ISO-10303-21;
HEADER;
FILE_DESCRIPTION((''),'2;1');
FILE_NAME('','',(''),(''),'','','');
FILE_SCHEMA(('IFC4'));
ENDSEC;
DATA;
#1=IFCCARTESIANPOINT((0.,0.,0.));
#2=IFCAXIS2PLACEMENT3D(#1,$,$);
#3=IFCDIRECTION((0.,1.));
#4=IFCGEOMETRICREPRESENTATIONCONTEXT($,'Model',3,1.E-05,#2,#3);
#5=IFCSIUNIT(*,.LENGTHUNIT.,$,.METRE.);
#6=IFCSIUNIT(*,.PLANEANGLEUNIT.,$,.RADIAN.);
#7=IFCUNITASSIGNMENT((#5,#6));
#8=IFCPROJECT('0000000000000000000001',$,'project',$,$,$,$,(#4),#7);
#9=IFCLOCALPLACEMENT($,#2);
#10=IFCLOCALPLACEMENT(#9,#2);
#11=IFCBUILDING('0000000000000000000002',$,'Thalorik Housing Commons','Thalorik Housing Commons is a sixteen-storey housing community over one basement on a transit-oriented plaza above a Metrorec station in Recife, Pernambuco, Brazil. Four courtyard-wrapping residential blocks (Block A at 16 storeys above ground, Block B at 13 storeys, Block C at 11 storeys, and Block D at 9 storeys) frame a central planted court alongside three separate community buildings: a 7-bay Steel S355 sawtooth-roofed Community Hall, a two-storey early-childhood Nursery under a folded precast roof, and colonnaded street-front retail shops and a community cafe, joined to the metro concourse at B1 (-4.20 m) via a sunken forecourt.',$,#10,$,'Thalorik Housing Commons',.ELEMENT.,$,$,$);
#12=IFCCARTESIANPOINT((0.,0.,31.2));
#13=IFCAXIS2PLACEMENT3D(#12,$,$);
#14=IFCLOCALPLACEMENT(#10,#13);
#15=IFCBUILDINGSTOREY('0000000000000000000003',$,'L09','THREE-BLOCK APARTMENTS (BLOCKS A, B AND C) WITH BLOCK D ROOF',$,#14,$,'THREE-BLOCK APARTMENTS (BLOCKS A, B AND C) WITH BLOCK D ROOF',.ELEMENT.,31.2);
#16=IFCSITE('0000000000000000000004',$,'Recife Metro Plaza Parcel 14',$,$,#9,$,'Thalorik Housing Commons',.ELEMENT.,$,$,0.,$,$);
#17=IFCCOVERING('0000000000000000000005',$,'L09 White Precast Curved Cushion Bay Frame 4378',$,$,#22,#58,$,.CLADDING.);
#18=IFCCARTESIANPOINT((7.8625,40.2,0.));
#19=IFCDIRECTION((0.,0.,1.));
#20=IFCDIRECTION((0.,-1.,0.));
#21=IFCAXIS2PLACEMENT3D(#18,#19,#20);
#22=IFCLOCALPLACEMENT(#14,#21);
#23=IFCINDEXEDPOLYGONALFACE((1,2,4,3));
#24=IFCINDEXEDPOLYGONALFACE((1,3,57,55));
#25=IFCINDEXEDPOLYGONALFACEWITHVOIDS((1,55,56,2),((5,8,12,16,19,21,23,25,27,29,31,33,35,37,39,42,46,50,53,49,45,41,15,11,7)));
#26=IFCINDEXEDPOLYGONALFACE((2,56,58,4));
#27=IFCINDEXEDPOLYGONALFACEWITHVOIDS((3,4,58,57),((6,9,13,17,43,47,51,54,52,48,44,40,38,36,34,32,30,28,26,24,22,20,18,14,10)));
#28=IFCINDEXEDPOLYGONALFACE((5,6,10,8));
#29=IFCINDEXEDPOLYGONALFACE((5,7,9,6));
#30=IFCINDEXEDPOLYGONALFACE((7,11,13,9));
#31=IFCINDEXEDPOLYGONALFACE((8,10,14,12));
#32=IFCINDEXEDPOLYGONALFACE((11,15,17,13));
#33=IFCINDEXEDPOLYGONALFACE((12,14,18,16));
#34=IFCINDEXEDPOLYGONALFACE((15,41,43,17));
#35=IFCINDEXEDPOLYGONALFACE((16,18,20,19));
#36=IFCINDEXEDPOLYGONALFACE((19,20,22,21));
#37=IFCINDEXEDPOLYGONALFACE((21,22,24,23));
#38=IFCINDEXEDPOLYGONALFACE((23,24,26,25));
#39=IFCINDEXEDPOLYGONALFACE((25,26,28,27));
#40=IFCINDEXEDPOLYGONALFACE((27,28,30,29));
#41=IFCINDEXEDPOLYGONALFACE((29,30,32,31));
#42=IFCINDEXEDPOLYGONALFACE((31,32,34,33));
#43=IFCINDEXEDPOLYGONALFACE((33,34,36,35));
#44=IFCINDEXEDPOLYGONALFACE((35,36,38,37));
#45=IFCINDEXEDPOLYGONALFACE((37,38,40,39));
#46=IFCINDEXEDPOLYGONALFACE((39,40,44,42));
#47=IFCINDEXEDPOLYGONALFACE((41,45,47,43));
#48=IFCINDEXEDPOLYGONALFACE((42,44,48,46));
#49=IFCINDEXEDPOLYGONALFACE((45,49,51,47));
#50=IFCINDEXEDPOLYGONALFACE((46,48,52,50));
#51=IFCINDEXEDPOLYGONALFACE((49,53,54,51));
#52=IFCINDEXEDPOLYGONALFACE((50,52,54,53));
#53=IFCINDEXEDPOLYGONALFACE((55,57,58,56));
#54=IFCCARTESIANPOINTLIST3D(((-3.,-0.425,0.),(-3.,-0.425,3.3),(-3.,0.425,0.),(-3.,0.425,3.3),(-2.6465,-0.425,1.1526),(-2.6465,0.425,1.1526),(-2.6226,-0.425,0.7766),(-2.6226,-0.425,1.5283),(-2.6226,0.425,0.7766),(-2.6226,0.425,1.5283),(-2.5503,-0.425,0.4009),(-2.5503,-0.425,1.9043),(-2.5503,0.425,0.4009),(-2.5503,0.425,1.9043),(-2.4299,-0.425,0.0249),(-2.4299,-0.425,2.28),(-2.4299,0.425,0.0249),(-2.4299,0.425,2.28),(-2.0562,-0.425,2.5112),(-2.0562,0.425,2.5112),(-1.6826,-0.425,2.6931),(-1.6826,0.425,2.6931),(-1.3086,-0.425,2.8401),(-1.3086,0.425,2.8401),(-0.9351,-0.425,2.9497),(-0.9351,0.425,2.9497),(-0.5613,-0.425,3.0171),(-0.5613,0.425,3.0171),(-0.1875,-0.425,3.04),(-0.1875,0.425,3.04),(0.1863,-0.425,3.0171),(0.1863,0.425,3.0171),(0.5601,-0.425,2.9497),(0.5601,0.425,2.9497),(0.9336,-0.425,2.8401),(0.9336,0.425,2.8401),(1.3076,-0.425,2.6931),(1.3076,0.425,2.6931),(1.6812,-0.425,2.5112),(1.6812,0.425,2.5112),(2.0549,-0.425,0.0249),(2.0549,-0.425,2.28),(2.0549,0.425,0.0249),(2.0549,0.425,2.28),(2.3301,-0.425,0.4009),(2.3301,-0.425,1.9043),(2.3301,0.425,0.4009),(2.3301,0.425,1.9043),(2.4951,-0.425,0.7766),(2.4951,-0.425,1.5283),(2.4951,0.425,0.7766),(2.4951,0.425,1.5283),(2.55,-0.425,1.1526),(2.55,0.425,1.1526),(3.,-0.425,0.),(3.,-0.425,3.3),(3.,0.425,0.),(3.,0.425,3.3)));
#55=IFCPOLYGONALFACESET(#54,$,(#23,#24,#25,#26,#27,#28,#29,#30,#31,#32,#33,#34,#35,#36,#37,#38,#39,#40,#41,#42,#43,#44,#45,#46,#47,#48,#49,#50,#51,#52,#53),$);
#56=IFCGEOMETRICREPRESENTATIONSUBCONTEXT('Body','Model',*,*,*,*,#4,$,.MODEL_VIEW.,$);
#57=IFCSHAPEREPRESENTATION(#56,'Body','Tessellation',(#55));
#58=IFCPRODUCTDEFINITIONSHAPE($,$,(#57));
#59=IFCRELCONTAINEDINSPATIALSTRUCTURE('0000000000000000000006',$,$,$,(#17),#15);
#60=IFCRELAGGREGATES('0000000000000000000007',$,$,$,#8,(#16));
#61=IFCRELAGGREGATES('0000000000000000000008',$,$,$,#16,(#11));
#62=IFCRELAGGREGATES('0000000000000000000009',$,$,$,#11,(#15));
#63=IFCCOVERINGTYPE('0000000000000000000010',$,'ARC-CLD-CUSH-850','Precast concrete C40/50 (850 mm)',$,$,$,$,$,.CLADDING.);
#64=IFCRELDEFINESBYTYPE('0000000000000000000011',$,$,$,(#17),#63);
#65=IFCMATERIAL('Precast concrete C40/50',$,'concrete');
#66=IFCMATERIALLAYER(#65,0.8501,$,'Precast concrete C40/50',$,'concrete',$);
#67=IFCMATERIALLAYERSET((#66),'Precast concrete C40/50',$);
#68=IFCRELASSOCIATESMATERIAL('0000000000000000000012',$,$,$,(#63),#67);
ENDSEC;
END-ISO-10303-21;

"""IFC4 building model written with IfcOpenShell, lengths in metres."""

from ifc_helpers import new_model, si_unit, direction, frame, origin, place, context, subcontext, project, spatial, polyline, outline, extrude, material, layer, layer_set, type_object, element, save


model = new_model("IFC4")

# Units and contexts
model_context = context("Model", 3, precision=1e-05, world=origin(), true_north=direction((0.0, 1.0)))
body_context = subcontext(model_context, "Body", "Model", "MODEL_VIEW")
ifc_project = project(units=[si_unit("LENGTHUNIT", "METRE"), si_unit("PLANEANGLEUNIT", "RADIAN")], contexts=[model_context])

# Site, building, storey
site_placement = place(None, origin())
site = spatial("IfcSite", under=ifc_project, at=site_placement, Name="Recife Metro Plaza Parcel 14", LongName="Thalorik Housing Commons", CompositionType="ELEMENT", RefElevation=0.0)
building_placement = place(site_placement, origin())
building = spatial("IfcBuilding", under=site, at=building_placement, Name="Thalorik Housing Commons", Description="Thalorik Housing Commons is a sixteen-storey housing community over one basement on a transit-oriented plaza above a Metrorec station in Recife, Pernambuco, Brazil. Four courtyard-wrapping residential blocks (Block A at 16 storeys above ground, Block B at 13 storeys, Block C at 11 storeys, and Block D at 9 storeys) frame a central planted court alongside three separate community buildings: a 7-bay Steel S355 sawtooth-roofed Community Hall, a two-storey early-childhood Nursery under a folded precast roof, and colonnaded street-front retail shops and a community cafe, joined to the metro concourse at B1 (-4.20 m) via a sunken forecourt.", LongName="Thalorik Housing Commons", CompositionType="ELEMENT")
storey_placement = place(building_placement, frame((0.0, 0.0, 31.2)))
storey = spatial("IfcBuildingStorey", under=building, at=storey_placement, Name="L09", Description="THREE-BLOCK APARTMENTS (BLOCKS A, B AND C) WITH BLOCK D ROOF", LongName="THREE-BLOCK APARTMENTS (BLOCKS A, B AND C) WITH BLOCK D ROOF", CompositionType="ELEMENT", Elevation=31.2)

# Shared definitions
ifc_material_1 = material(Name="Precast concrete C40/50", Category="concrete")

# Covering
ifc_layer_1 = layer(ifc_material_1, 0.8501, Name="Precast concrete C40/50", Category="concrete")
ifc_layer_set_1 = layer_set([ifc_layer_1], Name="Precast concrete C40/50")
covering_type_1 = type_object("IfcCoveringType", Name="ARC-CLD-CUSH-850", Description="Precast concrete C40/50 (850 mm)", PredefinedType="CLADDING", material=ifc_layer_set_1)
covering_1_placement = place(storey_placement, frame((7.8625, 40.2, 0.0), z_axis=(0.0, 0.0, 1.0), x_axis=(0.0, -1.0, 0.0)))
element("IfcCovering", 1, at=covering_1_placement, inside=storey, type_object=covering_type_1, Name="L09 White Precast Curved Cushion Bay Frame 4378", PredefinedType="CLADDING", context=body_context, shape_type="SweptSolid", body=[
    extrude(outline(polyline([(-3.0, 0.0), (3.0, 0.0), (3.0, 3.3), (-3.0, 3.3), (-3.0, 0.0)]), holes=[polyline([(2.0549, 0.0249), (2.3301, 0.4009), (2.4951, 0.7766), (2.55, 1.1526), (2.4951, 1.5283), (2.3301, 1.9043), (2.0549, 2.28), (1.6812, 2.5112), (1.3076, 2.6931), (0.9336, 2.8401), (0.5601, 2.9497), (0.1863, 3.0171), (-0.1875, 3.04), (-0.5613, 3.0171), (-0.9351, 2.9497), (-1.3086, 2.8401), (-1.6826, 2.6931), (-2.0562, 2.5112), (-2.4299, 2.28), (-2.5503, 1.9043), (-2.6226, 1.5283), (-2.6465, 1.1526), (-2.6226, 0.7766), (-2.5503, 0.4009), (-2.4299, 0.0249), (2.0549, 0.0249)])]), frame((0.0, 0.425, 0.0), z_axis=(0.0, -1.0, 0.0), x_axis=(1.0, 0.0, 0.0)), (0.0, 0.0, 1.0), 0.8501),
])

save(model, "model.ifc")
